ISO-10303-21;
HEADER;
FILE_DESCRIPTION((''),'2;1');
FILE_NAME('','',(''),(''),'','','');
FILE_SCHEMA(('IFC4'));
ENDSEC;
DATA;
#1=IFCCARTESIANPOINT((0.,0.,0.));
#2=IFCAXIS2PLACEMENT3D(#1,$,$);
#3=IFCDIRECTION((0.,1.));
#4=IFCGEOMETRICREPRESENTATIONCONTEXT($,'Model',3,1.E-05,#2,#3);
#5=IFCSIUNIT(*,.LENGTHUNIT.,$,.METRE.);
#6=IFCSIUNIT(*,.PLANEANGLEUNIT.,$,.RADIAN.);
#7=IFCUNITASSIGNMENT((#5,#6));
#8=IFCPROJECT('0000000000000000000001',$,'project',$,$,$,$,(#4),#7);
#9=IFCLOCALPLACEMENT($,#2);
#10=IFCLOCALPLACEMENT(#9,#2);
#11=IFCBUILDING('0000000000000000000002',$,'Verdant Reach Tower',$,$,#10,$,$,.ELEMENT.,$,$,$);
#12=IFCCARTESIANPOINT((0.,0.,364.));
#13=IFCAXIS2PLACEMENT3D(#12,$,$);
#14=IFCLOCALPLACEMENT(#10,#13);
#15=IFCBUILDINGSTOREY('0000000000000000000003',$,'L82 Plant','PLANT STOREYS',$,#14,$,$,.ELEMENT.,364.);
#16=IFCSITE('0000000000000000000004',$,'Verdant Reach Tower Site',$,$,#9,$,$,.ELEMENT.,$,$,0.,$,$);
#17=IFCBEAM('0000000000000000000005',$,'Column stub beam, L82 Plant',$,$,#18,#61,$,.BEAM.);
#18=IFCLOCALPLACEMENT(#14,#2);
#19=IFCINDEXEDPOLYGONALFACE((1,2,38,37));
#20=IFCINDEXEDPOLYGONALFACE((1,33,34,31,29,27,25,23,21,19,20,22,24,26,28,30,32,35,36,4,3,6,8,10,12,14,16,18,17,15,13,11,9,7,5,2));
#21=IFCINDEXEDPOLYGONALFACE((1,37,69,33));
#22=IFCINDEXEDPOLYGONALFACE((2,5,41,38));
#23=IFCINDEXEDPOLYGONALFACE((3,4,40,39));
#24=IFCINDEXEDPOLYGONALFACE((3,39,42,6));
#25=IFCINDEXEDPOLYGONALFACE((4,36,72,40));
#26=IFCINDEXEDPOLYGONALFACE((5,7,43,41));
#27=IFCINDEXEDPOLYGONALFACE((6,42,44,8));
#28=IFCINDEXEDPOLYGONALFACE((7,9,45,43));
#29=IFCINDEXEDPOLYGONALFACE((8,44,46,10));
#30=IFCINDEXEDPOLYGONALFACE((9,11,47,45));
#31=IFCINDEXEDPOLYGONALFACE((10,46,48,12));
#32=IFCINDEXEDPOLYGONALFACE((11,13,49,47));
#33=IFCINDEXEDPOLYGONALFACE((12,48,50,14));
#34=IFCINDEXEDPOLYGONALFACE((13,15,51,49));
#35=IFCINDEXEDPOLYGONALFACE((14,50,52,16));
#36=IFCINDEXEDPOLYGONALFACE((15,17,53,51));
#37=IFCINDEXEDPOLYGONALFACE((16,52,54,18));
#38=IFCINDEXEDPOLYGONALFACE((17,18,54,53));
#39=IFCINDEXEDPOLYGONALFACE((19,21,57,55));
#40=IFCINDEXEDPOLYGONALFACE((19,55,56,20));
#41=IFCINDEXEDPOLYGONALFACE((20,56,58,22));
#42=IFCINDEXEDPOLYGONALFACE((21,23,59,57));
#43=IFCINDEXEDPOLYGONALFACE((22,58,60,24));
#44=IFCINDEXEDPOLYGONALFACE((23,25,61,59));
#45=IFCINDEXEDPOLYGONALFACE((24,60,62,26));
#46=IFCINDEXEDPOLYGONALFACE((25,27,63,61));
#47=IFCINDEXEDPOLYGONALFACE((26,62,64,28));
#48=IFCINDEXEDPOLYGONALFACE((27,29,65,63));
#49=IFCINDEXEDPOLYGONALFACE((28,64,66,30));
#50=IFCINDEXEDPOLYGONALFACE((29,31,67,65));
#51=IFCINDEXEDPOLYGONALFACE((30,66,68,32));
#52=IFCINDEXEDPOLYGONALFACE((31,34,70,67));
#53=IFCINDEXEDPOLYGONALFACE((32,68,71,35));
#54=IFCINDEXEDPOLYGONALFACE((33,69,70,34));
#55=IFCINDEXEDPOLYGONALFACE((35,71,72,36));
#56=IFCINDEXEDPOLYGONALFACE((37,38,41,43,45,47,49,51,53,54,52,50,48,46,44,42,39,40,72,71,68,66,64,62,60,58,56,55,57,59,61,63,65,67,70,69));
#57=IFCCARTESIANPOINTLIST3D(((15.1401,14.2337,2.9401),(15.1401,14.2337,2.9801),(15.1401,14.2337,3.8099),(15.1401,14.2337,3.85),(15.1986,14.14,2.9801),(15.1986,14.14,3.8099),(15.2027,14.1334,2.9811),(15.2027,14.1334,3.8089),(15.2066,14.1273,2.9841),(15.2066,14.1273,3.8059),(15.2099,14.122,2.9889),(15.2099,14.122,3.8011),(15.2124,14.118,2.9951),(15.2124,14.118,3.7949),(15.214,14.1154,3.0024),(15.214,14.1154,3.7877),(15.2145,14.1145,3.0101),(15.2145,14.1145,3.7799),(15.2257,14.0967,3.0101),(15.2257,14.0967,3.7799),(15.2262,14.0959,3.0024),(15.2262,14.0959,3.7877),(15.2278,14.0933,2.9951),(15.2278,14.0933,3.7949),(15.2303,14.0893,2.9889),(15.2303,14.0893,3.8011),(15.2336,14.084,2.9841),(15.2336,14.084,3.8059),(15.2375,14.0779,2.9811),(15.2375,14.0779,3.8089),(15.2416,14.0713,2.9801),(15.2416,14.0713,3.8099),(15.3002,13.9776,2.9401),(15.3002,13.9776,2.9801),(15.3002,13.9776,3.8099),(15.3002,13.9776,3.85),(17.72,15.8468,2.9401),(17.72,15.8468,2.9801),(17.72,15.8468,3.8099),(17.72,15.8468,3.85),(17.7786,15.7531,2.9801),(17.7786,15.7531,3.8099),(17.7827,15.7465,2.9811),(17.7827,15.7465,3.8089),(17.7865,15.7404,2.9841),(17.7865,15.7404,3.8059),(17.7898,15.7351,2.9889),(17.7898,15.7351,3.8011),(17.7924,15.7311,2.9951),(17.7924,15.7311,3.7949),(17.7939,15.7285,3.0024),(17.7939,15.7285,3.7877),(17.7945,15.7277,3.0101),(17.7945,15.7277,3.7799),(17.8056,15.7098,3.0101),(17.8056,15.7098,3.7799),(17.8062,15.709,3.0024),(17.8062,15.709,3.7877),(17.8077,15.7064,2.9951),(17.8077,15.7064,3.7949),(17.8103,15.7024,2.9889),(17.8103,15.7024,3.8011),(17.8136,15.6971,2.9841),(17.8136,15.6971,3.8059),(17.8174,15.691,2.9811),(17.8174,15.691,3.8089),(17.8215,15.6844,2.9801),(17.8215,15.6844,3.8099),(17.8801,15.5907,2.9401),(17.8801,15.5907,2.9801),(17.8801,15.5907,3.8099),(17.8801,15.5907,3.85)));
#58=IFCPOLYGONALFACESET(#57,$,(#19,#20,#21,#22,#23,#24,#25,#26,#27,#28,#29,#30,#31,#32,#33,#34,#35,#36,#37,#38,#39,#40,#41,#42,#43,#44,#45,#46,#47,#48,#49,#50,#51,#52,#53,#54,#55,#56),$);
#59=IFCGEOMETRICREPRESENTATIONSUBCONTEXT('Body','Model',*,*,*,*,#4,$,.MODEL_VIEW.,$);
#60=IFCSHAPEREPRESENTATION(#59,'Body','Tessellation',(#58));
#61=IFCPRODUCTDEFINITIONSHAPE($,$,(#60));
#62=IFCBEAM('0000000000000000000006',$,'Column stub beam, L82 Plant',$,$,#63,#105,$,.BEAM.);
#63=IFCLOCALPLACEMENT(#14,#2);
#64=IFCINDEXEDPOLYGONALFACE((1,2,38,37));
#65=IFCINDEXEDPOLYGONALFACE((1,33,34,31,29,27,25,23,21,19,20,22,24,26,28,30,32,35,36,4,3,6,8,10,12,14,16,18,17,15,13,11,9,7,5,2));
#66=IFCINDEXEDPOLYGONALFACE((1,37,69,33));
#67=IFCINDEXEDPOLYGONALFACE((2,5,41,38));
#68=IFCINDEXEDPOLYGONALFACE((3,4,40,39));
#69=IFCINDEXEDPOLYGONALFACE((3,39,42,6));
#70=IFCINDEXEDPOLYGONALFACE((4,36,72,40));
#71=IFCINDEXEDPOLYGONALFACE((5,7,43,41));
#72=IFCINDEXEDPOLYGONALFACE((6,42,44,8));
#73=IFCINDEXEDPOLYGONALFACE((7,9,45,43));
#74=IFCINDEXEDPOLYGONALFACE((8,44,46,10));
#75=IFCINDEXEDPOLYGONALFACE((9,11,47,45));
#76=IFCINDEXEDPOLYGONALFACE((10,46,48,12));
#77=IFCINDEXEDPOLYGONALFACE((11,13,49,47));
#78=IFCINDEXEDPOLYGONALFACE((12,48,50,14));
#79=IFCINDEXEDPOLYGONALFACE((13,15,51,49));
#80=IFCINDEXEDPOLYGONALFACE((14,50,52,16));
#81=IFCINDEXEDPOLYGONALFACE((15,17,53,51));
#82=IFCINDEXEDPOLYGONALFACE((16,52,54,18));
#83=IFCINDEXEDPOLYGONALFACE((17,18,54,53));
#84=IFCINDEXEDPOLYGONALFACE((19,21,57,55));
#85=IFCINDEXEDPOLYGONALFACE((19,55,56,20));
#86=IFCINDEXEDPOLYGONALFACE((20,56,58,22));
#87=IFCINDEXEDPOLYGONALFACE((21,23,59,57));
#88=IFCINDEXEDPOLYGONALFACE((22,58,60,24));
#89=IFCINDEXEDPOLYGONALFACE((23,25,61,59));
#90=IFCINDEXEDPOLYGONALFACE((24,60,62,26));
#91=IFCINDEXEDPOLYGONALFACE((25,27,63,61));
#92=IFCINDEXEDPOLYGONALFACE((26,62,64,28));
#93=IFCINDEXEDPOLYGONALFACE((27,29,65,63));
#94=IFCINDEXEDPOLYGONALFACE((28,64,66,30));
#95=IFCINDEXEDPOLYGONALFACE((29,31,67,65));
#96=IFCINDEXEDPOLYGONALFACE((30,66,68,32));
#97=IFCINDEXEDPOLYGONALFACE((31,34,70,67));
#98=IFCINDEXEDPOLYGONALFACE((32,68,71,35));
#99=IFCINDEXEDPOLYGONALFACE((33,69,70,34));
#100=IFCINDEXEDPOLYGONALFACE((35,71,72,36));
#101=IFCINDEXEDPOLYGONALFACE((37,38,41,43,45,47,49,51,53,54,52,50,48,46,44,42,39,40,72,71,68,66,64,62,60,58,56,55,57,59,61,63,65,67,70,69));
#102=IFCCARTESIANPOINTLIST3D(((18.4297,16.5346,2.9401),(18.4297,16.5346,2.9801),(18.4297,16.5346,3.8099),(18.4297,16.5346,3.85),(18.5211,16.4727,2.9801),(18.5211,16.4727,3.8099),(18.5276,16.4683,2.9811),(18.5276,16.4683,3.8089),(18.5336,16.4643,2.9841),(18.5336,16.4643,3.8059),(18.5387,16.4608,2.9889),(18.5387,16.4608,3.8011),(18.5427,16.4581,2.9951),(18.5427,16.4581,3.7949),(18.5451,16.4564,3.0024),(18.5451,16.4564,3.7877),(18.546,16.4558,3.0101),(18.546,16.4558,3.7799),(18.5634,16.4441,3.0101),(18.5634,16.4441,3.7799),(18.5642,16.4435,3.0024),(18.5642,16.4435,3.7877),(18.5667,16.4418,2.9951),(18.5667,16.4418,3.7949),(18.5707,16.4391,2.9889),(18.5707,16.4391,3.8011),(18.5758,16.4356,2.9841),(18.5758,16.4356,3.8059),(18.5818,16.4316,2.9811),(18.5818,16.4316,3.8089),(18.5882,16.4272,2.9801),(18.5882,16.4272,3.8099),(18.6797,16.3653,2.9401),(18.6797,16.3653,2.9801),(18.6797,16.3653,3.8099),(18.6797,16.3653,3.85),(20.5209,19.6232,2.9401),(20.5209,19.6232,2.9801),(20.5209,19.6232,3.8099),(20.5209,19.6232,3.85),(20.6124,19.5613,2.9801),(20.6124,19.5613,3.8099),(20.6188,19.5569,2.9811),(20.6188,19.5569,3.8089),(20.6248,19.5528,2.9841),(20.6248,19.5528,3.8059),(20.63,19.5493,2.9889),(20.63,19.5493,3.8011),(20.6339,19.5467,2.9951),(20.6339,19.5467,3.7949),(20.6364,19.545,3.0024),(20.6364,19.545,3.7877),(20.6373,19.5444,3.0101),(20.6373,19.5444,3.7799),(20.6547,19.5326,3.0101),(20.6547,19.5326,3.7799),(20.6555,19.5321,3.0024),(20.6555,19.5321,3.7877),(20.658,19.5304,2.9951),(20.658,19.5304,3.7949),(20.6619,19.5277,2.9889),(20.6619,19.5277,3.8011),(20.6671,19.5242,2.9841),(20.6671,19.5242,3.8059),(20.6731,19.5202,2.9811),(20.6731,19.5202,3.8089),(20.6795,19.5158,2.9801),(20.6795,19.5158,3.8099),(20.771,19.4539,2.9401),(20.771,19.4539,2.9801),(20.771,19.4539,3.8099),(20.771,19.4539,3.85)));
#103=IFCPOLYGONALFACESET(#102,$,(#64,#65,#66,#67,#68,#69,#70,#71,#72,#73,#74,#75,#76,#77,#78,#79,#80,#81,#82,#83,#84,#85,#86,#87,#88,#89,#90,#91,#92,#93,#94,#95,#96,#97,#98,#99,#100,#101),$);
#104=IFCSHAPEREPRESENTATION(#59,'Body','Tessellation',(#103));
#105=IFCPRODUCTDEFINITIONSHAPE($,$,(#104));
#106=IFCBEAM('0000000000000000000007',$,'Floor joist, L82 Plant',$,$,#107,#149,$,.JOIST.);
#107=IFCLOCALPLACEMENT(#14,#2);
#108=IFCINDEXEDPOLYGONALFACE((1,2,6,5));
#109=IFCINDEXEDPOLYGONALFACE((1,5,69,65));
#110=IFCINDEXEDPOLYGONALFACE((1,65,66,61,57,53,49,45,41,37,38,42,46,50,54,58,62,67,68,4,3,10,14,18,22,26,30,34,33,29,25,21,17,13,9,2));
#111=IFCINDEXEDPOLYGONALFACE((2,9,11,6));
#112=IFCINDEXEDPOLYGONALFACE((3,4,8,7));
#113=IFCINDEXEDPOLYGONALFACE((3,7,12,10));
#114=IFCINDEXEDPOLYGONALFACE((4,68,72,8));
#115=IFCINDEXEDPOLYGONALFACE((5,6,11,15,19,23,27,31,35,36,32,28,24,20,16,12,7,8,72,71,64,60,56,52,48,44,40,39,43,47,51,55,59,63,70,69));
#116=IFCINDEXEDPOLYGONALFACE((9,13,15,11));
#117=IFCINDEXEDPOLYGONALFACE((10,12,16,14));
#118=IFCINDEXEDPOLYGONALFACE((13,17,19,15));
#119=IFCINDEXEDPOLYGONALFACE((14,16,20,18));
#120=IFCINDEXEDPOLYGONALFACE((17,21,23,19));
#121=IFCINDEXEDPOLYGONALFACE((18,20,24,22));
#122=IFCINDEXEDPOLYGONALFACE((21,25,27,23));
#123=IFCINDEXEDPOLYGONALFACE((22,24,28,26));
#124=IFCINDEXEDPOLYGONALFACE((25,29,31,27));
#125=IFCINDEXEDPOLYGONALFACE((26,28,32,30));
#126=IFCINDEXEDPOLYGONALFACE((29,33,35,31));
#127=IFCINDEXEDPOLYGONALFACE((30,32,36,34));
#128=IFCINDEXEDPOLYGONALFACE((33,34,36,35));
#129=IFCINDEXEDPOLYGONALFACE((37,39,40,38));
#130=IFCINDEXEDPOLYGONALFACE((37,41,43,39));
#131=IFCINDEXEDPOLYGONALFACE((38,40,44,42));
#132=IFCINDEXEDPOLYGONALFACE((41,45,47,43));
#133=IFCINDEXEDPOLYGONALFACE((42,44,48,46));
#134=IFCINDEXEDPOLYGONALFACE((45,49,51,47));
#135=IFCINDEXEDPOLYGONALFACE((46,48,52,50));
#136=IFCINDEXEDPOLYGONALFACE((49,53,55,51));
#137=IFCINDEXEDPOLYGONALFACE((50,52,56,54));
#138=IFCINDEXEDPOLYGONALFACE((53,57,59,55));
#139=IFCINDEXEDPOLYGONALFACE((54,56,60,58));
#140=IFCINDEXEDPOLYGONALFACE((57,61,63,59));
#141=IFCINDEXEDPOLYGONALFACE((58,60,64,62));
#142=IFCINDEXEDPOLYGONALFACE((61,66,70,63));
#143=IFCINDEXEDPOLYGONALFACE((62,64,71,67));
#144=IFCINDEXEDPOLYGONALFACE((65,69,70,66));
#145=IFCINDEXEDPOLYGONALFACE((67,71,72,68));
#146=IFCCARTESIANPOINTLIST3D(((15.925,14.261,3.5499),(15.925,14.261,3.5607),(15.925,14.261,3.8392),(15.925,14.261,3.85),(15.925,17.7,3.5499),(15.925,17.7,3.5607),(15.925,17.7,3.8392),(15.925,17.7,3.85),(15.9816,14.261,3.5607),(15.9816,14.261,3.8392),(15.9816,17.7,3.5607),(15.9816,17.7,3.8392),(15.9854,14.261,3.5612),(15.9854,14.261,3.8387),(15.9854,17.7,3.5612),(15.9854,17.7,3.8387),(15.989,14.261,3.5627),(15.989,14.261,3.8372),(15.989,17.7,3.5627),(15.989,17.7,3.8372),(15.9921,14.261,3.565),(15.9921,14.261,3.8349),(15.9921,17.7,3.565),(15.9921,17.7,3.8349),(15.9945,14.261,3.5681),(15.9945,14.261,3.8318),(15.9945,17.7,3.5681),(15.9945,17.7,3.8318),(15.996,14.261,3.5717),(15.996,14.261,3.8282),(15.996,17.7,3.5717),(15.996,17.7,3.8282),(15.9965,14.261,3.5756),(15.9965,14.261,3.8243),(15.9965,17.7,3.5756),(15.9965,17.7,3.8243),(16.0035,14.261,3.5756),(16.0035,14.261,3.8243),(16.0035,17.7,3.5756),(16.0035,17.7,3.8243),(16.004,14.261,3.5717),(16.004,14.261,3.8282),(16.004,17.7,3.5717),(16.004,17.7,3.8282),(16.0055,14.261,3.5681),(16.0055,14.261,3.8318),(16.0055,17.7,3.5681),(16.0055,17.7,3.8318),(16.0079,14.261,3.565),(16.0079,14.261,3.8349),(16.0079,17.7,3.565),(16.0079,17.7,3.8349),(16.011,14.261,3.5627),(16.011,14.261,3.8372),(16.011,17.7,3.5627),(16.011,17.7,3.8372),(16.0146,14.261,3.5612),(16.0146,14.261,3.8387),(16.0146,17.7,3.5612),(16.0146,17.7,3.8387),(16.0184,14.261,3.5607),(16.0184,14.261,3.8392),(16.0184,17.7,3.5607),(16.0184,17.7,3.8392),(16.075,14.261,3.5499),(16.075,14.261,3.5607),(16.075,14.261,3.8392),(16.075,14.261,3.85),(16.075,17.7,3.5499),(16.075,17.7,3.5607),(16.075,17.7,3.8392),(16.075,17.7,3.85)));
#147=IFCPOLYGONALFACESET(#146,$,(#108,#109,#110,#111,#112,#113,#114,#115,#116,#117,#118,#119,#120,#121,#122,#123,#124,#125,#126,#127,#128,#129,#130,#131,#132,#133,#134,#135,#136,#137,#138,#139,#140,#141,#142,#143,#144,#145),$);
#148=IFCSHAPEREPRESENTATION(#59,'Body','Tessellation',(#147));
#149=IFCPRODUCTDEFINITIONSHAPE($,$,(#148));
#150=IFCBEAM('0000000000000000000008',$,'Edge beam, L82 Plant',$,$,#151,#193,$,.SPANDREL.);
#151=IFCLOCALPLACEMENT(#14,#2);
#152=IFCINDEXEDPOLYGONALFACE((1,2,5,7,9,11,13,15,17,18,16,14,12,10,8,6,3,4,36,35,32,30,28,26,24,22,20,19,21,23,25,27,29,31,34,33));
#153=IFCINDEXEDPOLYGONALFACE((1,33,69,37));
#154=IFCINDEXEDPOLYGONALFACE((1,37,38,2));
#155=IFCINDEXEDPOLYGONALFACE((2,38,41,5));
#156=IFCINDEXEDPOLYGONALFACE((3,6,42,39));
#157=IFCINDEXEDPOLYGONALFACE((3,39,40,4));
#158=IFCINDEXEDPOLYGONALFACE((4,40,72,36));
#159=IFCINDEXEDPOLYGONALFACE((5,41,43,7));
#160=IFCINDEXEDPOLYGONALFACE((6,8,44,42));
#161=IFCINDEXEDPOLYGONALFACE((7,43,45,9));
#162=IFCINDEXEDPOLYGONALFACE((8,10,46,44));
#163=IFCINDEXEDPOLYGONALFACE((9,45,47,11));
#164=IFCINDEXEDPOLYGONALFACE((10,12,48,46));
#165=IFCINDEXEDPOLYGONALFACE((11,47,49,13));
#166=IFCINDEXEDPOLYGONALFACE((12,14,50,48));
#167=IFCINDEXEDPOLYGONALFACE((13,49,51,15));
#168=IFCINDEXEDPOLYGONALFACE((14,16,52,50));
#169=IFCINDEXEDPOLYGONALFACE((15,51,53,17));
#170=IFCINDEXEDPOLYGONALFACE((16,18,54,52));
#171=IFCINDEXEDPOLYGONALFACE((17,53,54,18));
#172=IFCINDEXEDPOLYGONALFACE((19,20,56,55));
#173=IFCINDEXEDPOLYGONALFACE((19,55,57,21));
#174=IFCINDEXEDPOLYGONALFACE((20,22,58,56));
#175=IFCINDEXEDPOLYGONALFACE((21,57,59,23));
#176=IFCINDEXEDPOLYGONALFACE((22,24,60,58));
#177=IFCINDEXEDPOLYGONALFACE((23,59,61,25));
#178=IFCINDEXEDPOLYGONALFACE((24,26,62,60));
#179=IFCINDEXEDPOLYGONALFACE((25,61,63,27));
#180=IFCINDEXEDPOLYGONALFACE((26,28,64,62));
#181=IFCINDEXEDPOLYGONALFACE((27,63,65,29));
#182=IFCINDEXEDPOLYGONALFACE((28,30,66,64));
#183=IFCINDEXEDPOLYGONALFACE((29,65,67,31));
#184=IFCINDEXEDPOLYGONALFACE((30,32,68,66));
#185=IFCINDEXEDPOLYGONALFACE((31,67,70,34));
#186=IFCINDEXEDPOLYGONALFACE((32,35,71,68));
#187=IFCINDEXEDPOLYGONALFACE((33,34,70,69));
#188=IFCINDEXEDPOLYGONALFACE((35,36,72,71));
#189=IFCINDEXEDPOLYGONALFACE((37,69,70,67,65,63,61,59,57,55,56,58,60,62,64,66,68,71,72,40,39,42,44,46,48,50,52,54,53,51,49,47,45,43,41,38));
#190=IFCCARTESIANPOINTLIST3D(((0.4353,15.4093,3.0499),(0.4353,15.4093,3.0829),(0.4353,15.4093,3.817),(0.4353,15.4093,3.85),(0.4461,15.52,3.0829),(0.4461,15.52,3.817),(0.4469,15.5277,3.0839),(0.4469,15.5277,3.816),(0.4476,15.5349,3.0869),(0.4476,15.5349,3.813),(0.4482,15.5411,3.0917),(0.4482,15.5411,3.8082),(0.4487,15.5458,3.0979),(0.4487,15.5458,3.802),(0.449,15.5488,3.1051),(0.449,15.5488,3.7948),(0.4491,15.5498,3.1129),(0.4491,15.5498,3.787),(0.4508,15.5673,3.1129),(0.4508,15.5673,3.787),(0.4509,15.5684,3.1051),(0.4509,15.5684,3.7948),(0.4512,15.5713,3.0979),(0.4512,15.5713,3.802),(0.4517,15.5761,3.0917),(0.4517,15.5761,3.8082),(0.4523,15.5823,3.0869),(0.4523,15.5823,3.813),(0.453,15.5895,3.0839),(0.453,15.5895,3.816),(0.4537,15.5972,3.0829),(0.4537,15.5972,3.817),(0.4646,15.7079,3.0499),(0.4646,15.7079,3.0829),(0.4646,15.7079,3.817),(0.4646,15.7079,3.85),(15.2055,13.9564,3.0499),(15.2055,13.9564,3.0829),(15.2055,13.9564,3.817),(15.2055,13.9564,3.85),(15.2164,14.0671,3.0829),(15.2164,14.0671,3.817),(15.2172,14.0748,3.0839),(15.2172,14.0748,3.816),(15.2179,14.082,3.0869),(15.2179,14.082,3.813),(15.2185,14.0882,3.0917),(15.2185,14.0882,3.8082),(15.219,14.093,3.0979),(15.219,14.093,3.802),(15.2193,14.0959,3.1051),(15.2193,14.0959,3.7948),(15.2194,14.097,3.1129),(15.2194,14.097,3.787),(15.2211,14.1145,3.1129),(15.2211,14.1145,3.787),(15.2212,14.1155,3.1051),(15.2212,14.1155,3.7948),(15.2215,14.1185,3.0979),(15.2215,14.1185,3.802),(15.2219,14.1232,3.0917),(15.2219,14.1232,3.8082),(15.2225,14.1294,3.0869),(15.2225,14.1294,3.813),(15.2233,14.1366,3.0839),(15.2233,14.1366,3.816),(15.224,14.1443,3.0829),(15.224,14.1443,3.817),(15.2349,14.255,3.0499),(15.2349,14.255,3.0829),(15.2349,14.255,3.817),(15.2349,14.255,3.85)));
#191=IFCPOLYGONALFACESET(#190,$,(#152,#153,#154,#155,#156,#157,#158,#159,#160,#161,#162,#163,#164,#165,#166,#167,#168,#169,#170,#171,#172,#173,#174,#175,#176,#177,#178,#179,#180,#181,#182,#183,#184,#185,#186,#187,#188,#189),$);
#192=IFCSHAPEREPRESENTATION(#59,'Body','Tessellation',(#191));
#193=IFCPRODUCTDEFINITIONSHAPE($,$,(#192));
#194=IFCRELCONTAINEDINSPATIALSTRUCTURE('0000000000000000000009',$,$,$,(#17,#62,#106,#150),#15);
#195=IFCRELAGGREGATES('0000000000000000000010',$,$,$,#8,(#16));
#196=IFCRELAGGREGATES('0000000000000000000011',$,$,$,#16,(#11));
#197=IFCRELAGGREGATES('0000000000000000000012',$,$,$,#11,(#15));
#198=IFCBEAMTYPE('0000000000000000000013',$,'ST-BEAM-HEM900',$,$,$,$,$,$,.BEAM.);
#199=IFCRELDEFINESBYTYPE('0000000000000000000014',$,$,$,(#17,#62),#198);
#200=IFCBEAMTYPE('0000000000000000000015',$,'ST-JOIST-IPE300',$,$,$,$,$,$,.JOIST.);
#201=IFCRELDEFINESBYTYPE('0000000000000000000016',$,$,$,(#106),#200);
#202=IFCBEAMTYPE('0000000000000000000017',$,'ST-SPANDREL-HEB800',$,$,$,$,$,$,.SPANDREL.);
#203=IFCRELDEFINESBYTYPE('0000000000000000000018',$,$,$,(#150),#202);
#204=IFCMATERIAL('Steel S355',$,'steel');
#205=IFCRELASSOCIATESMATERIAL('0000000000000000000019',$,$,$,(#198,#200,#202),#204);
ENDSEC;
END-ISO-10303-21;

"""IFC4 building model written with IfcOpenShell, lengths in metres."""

from ifc_helpers import new_model, si_unit, direction, frame, origin, origin_2d, place, context, subcontext, project, spatial, i_section, extrude, material, material_profile, profile_set, type_object, element, save


model = new_model("IFC4")

# Units and contexts
model_context = context("Model", 3, precision=1e-05, world=origin(), true_north=direction((0.0, 1.0)))
body_context = subcontext(model_context, "Body", "Model", "MODEL_VIEW")
ifc_project = project(units=[si_unit("LENGTHUNIT", "METRE"), si_unit("PLANEANGLEUNIT", "RADIAN")], contexts=[model_context])

# Site, building, storey
site_placement = place(None, origin())
site = spatial("IfcSite", under=ifc_project, at=site_placement, Name="Verdant Reach Tower Site", CompositionType="ELEMENT", RefElevation=0.0)
building_placement = place(site_placement, origin())
building = spatial("IfcBuilding", under=site, at=building_placement, Name="Verdant Reach Tower", CompositionType="ELEMENT")
storey_placement = place(building_placement, frame((0.0, 0.0, 364.0)))
storey = spatial("IfcBuildingStorey", under=building, at=storey_placement, Name="L82 Plant", Description="PLANT STOREYS", CompositionType="ELEMENT", Elevation=364.0)

# Beams
ifc_material_1 = material(Name="Steel S355", Category="steel")
ifc_material_profile_1 = material_profile(ifc_material_1, i_section(OverallWidth=0.302, OverallDepth=0.9099, WebThickness=0.021, FlangeThickness=0.04, FilletRadius=0.03, at=origin_2d()), Name="HEM 900")
ifc_profile_set_1 = profile_set([ifc_material_profile_1], Name="Steel S355")
beam_type_1 = type_object("IfcBeamType", Name="ST-BEAM-HEM900", PredefinedType="BEAM", material=ifc_profile_set_1)
beam_1_placement = place(storey_placement, frame((17.8, 15.7188, 3.395), z_axis=(-0.847904, -0.53015, 0.0), x_axis=(0.53015, -0.847904, 0.0)))
element("IfcBeam", 1, at=beam_1_placement, inside=storey, type_object=beam_type_1, Name="Column stub beam, L82 Plant", PredefinedType="BEAM", context=body_context, shape_type="SweptSolid", body=[
    extrude(i_section(OverallWidth=0.302, OverallDepth=0.9099, WebThickness=0.021, FlangeThickness=0.04, FilletRadius=0.03, at=origin_2d()), origin(), (0.0, 0.0, 1.0), 3.0427),
])
beam_2_placement = place(storey_placement, frame((18.5547, 16.45, 3.395), z_axis=(0.560667, 0.828041, 0.0), x_axis=(-0.828041, 0.560667, 0.0)))
element("IfcBeam", 2, at=beam_2_placement, inside=storey, type_object=beam_type_1, Name="Column stub beam, L82 Plant", PredefinedType="BEAM", context=body_context, shape_type="SweptSolid", body=[
    extrude(i_section(OverallWidth=0.302, OverallDepth=0.9099, WebThickness=0.021, FlangeThickness=0.04, FilletRadius=0.03, at=origin_2d()), origin(), (0.0, 0.0, 1.0), 3.73),
])
ifc_material_profile_2 = material_profile(ifc_material_1, i_section(OverallWidth=0.1499, OverallDepth=0.3, WebThickness=0.0071, FlangeThickness=0.0107, FilletRadius=0.0149, at=origin_2d()), Name="IPE 300")
ifc_profile_set_2 = profile_set([ifc_material_profile_2], Name="Steel S355")
beam_type_2 = type_object("IfcBeamType", Name="ST-JOIST-IPE300", PredefinedType="JOIST", material=ifc_profile_set_2)
beam_3_placement = place(storey_placement, frame((16.0, 17.7, 3.7), z_axis=(0.0, -1.0, 0.0), x_axis=(1.0, 0.0, 0.0)))
element("IfcBeam", 3, at=beam_3_placement, inside=storey, type_object=beam_type_2, Name="Floor joist, L82 Plant", PredefinedType="JOIST", context=body_context, shape_type="SweptSolid", body=[
    extrude(i_section(OverallWidth=0.1499, OverallDepth=0.3, WebThickness=0.0071, FlangeThickness=0.0107, FilletRadius=0.0149, at=origin_2d()), origin(), (0.0, 0.0, 1.0), 3.439),
])
ifc_material_profile_3 = material_profile(ifc_material_1, i_section(OverallWidth=0.3, OverallDepth=0.8, WebThickness=0.0176, FlangeThickness=0.033, FilletRadius=0.03, at=origin_2d()), Name="HEB 800")
ifc_profile_set_3 = profile_set([ifc_material_profile_3], Name="Steel S355")
beam_type_3 = type_object("IfcBeamType", Name="ST-SPANDREL-HEB800", PredefinedType="SPANDREL", material=ifc_profile_set_3)
beam_4_placement = place(storey_placement, frame((15.2202, 14.1057, 3.45), z_axis=(-0.995197, 0.097893, 0.0), x_axis=(-0.097893, -0.995197, 0.0)))
element("IfcBeam", 4, at=beam_4_placement, inside=storey, type_object=beam_type_3, Name="Edge beam, L82 Plant", PredefinedType="SPANDREL", context=body_context, shape_type="SweptSolid", body=[
    extrude(i_section(OverallWidth=0.3, OverallDepth=0.8, WebThickness=0.0176, FlangeThickness=0.033, FilletRadius=0.03, at=origin_2d()), origin(), (0.0, 0.0, 1.0), 14.8416),
])

save(model, "model.ifc")
